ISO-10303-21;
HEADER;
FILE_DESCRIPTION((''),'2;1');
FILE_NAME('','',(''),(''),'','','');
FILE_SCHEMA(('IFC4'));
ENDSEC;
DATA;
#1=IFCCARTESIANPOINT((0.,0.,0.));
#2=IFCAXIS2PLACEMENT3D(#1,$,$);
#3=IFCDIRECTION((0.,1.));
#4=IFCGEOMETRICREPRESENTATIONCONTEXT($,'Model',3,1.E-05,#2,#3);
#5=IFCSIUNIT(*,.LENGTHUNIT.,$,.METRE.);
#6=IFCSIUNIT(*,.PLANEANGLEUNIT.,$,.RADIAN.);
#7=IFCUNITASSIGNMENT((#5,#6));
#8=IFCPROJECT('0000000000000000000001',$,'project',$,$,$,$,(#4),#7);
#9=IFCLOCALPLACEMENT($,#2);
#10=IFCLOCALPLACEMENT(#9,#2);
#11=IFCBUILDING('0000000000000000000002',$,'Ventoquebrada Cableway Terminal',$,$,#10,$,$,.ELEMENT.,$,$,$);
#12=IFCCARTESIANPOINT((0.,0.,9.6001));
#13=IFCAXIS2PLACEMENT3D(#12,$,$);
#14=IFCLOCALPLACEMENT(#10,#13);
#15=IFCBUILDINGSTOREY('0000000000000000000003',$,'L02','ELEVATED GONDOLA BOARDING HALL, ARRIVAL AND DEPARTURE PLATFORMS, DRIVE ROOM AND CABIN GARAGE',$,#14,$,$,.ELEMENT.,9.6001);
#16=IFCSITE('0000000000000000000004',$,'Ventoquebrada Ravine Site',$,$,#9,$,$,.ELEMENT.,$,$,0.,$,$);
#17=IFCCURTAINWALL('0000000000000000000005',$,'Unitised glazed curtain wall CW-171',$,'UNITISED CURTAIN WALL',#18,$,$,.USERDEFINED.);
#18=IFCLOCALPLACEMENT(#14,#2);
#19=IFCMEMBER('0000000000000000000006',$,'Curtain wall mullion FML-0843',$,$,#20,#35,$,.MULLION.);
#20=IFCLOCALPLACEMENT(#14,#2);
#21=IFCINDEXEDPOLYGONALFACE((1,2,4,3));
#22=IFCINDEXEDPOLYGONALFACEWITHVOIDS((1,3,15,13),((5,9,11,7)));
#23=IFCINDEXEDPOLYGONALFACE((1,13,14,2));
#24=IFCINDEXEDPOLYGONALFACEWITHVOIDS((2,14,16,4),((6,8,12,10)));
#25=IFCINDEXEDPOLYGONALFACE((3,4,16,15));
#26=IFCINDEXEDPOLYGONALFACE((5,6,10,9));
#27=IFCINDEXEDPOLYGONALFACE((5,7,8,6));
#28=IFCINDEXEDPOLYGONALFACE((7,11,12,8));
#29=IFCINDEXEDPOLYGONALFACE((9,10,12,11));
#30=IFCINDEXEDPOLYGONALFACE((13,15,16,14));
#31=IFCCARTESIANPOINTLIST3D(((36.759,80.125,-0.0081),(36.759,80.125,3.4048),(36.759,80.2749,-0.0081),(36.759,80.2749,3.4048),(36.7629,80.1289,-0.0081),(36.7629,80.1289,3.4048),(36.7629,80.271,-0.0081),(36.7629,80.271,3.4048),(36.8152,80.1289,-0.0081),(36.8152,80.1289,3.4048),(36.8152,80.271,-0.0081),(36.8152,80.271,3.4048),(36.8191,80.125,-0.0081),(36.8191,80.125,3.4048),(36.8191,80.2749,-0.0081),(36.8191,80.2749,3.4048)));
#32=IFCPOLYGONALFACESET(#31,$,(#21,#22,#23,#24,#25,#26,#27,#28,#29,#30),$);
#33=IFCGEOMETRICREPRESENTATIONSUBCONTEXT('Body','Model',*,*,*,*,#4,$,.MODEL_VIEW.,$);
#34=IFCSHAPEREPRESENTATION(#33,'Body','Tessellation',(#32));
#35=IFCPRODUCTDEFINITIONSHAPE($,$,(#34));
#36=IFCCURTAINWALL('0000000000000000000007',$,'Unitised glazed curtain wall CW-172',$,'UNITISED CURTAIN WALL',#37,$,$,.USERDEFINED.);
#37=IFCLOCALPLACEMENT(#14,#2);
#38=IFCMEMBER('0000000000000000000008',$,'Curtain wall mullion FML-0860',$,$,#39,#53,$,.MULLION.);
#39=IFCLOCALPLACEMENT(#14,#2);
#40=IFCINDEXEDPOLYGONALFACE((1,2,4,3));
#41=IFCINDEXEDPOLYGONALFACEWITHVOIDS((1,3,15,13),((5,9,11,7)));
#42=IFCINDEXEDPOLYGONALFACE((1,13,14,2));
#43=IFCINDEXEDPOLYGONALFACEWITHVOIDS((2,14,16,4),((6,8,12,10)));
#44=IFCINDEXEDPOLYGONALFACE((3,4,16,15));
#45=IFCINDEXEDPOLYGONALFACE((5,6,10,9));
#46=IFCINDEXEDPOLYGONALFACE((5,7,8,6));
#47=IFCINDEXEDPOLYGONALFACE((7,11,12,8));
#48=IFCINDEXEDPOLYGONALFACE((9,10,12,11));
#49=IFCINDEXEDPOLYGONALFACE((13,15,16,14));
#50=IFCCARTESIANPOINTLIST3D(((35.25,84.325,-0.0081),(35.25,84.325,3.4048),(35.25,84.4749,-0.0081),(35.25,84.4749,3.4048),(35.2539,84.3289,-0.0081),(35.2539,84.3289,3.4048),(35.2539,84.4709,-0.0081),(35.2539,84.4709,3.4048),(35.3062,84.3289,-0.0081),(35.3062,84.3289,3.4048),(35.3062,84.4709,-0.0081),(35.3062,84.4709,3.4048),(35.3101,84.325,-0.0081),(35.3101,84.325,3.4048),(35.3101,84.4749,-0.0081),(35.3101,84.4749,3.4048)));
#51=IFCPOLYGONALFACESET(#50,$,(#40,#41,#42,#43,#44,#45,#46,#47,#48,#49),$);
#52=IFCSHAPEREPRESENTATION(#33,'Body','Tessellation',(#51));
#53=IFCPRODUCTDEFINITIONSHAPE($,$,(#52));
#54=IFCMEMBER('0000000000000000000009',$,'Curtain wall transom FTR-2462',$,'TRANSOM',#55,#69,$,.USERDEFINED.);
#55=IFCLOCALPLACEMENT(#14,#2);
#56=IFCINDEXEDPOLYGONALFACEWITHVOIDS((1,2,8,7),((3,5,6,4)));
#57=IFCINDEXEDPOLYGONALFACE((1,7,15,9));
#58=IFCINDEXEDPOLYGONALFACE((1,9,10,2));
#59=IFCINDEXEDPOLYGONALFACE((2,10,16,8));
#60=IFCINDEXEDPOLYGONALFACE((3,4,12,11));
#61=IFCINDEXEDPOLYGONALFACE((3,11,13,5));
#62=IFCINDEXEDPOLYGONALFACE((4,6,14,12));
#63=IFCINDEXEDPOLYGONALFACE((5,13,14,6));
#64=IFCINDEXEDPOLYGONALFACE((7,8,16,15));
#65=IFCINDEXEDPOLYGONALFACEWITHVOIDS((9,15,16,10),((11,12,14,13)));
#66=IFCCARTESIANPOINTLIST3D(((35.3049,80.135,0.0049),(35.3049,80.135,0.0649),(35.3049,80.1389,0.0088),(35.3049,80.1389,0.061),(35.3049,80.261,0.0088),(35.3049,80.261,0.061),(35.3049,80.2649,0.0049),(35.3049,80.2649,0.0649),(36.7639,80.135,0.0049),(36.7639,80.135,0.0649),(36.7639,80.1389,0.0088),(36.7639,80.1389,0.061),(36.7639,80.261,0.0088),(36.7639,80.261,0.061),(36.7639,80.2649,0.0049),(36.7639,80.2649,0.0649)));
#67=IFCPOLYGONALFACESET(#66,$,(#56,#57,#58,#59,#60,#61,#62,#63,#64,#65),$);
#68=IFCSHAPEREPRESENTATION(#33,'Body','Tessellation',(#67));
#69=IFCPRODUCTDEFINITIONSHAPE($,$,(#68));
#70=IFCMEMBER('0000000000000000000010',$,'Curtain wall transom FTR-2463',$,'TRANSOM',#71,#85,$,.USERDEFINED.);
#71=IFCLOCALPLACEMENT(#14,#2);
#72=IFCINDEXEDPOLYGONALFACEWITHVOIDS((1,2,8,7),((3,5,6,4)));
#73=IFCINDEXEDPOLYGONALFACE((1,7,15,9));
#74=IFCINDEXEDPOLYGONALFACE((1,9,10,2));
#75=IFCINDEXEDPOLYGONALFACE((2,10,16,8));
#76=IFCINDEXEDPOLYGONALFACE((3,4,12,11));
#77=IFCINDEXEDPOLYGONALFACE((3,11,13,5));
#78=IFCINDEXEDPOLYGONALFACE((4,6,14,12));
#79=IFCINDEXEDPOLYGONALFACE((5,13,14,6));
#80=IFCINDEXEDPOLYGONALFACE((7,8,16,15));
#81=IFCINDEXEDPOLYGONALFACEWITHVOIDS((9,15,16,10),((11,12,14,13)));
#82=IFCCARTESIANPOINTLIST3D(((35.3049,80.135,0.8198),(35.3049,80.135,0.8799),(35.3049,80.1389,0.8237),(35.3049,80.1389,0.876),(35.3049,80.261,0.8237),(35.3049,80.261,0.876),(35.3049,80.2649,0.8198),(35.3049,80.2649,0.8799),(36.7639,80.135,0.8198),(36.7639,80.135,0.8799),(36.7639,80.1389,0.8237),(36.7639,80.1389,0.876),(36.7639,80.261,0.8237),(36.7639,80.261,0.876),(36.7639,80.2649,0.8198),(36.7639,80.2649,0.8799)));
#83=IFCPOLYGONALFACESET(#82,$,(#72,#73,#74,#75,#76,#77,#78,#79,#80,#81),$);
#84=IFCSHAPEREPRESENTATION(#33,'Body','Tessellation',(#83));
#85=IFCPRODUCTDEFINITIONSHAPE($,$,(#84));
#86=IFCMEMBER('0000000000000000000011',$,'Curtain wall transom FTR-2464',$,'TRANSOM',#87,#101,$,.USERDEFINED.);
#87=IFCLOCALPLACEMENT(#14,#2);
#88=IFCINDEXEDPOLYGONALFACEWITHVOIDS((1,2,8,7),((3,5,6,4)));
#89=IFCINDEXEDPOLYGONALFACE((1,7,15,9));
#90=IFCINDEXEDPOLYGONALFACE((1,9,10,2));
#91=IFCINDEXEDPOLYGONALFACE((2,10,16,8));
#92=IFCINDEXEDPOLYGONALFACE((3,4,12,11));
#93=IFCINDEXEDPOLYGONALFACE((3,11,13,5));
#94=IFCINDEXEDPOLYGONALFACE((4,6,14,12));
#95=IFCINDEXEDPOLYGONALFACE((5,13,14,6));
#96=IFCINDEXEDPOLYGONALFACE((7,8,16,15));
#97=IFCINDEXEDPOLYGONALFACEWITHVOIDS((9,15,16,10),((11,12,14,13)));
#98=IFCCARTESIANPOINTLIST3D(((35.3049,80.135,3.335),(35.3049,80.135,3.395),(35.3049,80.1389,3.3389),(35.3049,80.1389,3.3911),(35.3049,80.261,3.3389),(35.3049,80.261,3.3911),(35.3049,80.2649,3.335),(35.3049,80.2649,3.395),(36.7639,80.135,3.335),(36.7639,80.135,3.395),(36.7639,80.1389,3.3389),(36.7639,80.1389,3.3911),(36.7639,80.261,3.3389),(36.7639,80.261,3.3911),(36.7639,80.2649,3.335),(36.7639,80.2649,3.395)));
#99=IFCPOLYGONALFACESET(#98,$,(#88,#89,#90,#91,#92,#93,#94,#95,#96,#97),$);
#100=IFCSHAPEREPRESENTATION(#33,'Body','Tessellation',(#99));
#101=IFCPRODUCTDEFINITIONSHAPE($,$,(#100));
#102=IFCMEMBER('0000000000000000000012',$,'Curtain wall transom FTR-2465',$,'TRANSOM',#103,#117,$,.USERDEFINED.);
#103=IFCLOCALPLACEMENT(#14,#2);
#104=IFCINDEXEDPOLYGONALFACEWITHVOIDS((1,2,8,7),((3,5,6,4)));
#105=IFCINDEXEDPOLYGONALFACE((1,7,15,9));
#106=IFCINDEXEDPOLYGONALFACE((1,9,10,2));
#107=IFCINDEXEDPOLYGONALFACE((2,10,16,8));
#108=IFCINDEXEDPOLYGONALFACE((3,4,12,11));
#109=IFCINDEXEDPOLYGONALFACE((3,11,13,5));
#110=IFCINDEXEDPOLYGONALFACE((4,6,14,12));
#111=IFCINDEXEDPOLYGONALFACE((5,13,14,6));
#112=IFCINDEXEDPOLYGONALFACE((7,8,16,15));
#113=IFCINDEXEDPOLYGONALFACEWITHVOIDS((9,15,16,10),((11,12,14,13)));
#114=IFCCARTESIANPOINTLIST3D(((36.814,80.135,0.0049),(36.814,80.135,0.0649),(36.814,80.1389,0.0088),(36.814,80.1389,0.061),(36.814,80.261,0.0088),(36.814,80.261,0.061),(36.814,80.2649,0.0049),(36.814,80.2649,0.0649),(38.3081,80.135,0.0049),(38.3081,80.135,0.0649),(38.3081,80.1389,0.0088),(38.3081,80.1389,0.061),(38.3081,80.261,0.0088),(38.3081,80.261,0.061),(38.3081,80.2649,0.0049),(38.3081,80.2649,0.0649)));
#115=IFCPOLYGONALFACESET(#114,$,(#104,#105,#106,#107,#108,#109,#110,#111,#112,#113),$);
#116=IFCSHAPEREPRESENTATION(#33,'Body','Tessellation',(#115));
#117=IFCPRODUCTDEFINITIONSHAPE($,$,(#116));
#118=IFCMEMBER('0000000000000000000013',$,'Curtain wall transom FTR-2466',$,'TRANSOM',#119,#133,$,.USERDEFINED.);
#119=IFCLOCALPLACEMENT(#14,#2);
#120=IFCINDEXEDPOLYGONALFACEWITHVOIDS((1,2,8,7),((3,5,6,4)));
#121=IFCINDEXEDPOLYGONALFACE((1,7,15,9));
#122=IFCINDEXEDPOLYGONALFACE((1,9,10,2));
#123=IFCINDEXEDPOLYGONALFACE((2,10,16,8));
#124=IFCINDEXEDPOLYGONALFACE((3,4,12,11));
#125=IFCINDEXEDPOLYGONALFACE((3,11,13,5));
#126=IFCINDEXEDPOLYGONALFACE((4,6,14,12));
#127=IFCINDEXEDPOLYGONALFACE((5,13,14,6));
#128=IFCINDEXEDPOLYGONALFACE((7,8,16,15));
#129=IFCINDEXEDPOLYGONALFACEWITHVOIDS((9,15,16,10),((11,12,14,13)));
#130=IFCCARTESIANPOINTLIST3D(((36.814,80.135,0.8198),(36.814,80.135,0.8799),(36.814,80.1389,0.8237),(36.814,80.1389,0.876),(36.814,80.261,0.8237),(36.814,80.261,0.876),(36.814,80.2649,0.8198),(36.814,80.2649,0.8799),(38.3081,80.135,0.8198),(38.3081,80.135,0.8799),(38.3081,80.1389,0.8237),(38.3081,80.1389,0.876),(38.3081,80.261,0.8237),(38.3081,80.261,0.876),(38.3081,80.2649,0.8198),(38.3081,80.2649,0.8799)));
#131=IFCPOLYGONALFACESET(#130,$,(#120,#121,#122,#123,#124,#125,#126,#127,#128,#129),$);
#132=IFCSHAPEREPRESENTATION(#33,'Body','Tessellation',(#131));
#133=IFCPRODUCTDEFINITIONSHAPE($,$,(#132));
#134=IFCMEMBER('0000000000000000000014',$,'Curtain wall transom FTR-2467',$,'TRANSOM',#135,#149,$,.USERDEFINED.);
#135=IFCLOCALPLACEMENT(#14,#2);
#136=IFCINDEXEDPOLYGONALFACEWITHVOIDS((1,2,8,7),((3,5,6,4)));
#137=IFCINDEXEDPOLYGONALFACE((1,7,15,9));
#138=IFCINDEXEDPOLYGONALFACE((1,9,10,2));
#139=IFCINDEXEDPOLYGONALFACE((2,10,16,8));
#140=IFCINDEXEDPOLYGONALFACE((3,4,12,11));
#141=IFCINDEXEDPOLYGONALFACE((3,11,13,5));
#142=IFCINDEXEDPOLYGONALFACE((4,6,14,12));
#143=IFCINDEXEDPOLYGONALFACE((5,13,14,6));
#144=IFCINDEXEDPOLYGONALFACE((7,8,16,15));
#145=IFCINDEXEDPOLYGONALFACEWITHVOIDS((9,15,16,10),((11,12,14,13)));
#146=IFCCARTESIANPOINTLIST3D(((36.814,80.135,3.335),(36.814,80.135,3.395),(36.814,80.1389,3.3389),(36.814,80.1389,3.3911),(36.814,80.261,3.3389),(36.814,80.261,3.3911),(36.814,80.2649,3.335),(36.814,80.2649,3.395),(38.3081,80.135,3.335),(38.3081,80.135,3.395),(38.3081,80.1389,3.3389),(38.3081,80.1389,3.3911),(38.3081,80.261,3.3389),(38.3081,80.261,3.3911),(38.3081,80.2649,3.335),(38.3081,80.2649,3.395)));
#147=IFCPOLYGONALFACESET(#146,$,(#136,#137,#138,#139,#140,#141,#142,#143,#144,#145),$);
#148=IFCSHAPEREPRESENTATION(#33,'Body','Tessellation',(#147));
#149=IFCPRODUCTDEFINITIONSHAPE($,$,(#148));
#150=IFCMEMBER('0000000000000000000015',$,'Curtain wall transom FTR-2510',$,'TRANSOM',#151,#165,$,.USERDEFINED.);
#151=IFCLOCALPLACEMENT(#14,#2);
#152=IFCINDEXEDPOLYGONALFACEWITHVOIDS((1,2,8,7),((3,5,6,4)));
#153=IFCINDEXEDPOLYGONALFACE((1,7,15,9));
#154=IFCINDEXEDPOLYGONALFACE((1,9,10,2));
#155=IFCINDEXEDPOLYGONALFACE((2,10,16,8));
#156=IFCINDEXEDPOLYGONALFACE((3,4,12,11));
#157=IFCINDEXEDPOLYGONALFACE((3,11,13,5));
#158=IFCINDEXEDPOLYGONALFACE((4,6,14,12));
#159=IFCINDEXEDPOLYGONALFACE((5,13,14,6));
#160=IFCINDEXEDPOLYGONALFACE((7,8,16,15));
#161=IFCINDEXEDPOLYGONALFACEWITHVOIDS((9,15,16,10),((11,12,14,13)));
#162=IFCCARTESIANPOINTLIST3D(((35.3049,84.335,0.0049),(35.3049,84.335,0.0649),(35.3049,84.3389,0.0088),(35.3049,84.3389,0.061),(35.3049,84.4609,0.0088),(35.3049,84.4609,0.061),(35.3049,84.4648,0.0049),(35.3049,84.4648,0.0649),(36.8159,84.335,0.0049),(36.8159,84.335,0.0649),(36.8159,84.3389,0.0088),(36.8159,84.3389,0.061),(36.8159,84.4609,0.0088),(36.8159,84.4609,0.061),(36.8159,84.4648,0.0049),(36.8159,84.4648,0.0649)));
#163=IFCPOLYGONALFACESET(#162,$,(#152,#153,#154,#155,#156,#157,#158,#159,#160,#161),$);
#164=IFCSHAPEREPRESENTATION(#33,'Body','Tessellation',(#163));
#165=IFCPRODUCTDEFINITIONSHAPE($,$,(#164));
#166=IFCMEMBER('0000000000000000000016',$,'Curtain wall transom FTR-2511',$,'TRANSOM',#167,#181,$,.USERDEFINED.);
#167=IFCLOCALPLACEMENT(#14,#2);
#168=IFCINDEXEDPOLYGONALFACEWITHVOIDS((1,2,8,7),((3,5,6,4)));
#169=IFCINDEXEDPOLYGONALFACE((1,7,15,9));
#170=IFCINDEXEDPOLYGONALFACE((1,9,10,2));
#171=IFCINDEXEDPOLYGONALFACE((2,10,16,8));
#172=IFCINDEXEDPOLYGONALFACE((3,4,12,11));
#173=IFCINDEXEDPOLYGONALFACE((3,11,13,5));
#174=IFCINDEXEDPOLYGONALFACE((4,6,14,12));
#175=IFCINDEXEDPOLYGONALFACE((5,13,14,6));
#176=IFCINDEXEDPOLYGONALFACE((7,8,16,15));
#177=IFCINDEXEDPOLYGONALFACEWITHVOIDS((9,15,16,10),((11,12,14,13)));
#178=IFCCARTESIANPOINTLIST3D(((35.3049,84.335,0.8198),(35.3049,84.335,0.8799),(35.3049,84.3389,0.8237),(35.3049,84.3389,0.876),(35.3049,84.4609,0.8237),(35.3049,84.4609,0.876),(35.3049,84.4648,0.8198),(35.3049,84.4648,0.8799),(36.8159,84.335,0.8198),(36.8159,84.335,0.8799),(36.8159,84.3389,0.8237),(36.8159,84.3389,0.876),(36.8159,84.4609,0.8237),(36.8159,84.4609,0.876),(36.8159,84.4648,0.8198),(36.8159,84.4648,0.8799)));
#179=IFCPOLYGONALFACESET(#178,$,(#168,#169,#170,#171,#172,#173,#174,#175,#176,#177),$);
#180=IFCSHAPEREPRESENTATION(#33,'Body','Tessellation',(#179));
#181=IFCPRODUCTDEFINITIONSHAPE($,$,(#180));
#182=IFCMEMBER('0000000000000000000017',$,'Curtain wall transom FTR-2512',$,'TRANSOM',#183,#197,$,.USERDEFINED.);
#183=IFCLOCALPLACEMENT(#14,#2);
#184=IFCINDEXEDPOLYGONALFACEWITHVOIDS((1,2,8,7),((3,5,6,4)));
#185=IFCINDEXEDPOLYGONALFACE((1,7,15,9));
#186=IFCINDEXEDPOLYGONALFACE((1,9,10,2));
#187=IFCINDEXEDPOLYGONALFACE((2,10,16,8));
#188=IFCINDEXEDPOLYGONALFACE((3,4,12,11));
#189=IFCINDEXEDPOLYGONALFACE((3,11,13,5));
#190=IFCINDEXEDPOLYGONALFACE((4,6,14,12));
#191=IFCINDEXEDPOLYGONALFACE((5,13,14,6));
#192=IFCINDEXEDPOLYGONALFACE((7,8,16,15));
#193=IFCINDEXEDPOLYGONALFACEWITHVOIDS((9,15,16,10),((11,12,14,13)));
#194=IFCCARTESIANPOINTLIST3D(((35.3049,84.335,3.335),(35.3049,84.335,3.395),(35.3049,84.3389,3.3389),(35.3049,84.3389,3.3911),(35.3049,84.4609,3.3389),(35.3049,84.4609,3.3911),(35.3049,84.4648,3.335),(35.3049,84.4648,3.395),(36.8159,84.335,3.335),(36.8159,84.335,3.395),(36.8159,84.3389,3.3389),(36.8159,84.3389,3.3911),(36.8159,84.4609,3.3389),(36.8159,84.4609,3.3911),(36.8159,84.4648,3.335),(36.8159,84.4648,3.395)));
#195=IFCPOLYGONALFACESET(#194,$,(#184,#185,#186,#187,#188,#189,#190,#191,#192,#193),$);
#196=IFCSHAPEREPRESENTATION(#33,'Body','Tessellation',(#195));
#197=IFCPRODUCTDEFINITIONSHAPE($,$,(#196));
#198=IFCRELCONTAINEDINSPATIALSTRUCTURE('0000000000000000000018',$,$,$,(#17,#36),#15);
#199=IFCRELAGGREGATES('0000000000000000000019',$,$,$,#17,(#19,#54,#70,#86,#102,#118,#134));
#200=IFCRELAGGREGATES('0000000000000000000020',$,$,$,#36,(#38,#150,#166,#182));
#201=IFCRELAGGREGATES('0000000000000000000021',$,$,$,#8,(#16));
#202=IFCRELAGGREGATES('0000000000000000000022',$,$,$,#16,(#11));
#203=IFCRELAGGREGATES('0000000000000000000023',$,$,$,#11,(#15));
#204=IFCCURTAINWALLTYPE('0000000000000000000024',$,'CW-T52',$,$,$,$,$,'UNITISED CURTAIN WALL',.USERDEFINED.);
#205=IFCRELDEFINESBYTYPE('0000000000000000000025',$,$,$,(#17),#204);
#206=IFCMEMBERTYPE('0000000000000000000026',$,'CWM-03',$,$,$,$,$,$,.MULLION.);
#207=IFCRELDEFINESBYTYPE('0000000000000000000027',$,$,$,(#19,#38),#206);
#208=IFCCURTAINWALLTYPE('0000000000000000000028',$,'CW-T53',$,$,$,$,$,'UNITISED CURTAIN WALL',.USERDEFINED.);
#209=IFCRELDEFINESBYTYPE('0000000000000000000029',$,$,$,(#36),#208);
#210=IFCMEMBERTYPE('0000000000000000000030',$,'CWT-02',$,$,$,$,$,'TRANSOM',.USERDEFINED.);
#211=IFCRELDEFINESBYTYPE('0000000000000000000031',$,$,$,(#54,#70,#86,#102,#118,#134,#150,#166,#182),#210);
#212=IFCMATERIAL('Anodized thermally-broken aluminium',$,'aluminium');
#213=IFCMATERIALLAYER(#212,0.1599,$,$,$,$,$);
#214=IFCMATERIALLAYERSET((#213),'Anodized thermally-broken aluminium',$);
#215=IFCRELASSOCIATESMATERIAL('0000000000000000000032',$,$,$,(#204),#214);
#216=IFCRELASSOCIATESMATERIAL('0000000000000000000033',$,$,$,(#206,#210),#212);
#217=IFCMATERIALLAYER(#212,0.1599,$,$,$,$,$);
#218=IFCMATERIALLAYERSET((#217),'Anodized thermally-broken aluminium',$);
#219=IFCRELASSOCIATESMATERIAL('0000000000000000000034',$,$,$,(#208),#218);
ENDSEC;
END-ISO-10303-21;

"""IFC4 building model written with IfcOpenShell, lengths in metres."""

from ifc_helpers import new_model, si_unit, direction, frame, origin, origin_2d, place, context, subcontext, project, spatial, hollow_rectangle, extrude, material, layer, layer_set, material_profile, profile_set, type_object, element, aggregate, save


model = new_model("IFC4")

# Units and contexts
model_context = context("Model", 3, precision=1e-05, world=origin(), true_north=direction((0.0, 1.0)))
body_context = subcontext(model_context, "Body", "Model", "MODEL_VIEW")
ifc_project = project(units=[si_unit("LENGTHUNIT", "METRE"), si_unit("PLANEANGLEUNIT", "RADIAN")], contexts=[model_context])

# Site, building, storey
site_placement = place(None, origin())
site = spatial("IfcSite", under=ifc_project, at=site_placement, Name="Ventoquebrada Ravine Site", CompositionType="ELEMENT", RefElevation=0.0)
building_placement = place(site_placement, origin())
building = spatial("IfcBuilding", under=site, at=building_placement, Name="Ventoquebrada Cableway Terminal", CompositionType="ELEMENT")
storey_placement = place(building_placement, frame((0.0, 0.0, 9.6001)))
storey = spatial("IfcBuildingStorey", under=building, at=storey_placement, Name="L02", Description="ELEVATED GONDOLA BOARDING HALL, ARRIVAL AND DEPARTURE PLATFORMS, DRIVE ROOM AND CABIN GARAGE", CompositionType="ELEMENT", Elevation=9.6001)

# Curtain wall, member
ifc_material_1 = material(Name="Anodized thermally-broken aluminium", Category="aluminium")
ifc_layer_1 = layer(ifc_material_1, 0.1599)
ifc_layer_set_1 = layer_set([ifc_layer_1], Name="Anodized thermally-broken aluminium")
curtain_wall_type_1 = type_object("IfcCurtainWallType", Name="CW-T52", ElementType="UNITISED CURTAIN WALL", PredefinedType="USERDEFINED", material=ifc_layer_set_1)
curtain_wall_1_placement = place(storey_placement, origin())
curtain_wall_1 = element("IfcCurtainWall", 1, at=curtain_wall_1_placement, inside=storey, type_object=curtain_wall_type_1, Name="Unitised glazed curtain wall CW-171", ObjectType="UNITISED CURTAIN WALL", PredefinedType="USERDEFINED")
ifc_material_profile_1 = material_profile(ifc_material_1, hollow_rectangle(XDim=0.0601, YDim=0.1499, WallThickness=0.0039, at=origin_2d()), Name="CW-MUL-60X150")
ifc_profile_set_1 = profile_set([ifc_material_profile_1], Name="Anodized thermally-broken aluminium")
member_type_1 = type_object("IfcMemberType", Name="CWM-03", PredefinedType="MULLION", material=ifc_profile_set_1)
member_1_placement = place(storey_placement, frame((36.7891, 80.2, -0.0081), z_axis=(0.0, 0.0, 1.0), x_axis=(1.0, 0.0, 0.0)))
member_1 = element("IfcMember", 2, at=member_1_placement, type_object=member_type_1, Name="Curtain wall mullion FML-0843", PredefinedType="MULLION", context=body_context, shape_type="SweptSolid", body=[
    extrude(hollow_rectangle(XDim=0.0601, YDim=0.1499, WallThickness=0.0039, at=origin_2d()), origin(), (0.0, 0.0, 1.0), 3.4128),
])

# Curtain wall, member
ifc_layer_2 = layer(ifc_material_1, 0.1599)
ifc_layer_set_2 = layer_set([ifc_layer_2], Name="Anodized thermally-broken aluminium")
curtain_wall_type_2 = type_object("IfcCurtainWallType", Name="CW-T53", ElementType="UNITISED CURTAIN WALL", PredefinedType="USERDEFINED", material=ifc_layer_set_2)
curtain_wall_2_placement = place(storey_placement, origin())
curtain_wall_2 = element("IfcCurtainWall", 3, at=curtain_wall_2_placement, inside=storey, type_object=curtain_wall_type_2, Name="Unitised glazed curtain wall CW-172", ObjectType="UNITISED CURTAIN WALL", PredefinedType="USERDEFINED")
member_2_placement = place(storey_placement, frame((35.28, 84.3999, -0.0081), z_axis=(0.0, 0.0, 1.0), x_axis=(-1.0, 0.0, 0.0)))
member_2 = element("IfcMember", 4, at=member_2_placement, type_object=member_type_1, Name="Curtain wall mullion FML-0860", PredefinedType="MULLION", context=body_context, shape_type="SweptSolid", body=[
    extrude(hollow_rectangle(XDim=0.0601, YDim=0.1499, WallThickness=0.0039, at=origin_2d()), origin(), (0.0, 0.0, 1.0), 3.4128),
])

# Members
ifc_material_profile_2 = material_profile(ifc_material_1, hollow_rectangle(XDim=0.0601, YDim=0.1299, WallThickness=0.0039, at=origin_2d()), Name="CW-TRN-60X130")
ifc_profile_set_2 = profile_set([ifc_material_profile_2], Name="Anodized thermally-broken aluminium")
member_type_2 = type_object("IfcMemberType", Name="CWT-02", ElementType="TRANSOM", PredefinedType="USERDEFINED", material=ifc_profile_set_2)
member_3_placement = place(storey_placement, frame((35.3049, 80.2, 0.0349), z_axis=(1.0, 0.0, 0.0), x_axis=(0.0, 0.0, 1.0)))
member_3 = element("IfcMember", 5, at=member_3_placement, type_object=member_type_2, Name="Curtain wall transom FTR-2462", ObjectType="TRANSOM", PredefinedType="USERDEFINED", context=body_context, shape_type="SweptSolid", body=[
    extrude(hollow_rectangle(XDim=0.0601, YDim=0.1299, WallThickness=0.0039, at=origin_2d()), origin(), (0.0, 0.0, 1.0), 1.459),
])
member_4_placement = place(storey_placement, frame((35.3049, 80.2, 0.8499), z_axis=(1.0, 0.0, 0.0), x_axis=(0.0, 0.0, 1.0)))
member_4 = element("IfcMember", 6, at=member_4_placement, type_object=member_type_2, Name="Curtain wall transom FTR-2463", ObjectType="TRANSOM", PredefinedType="USERDEFINED", context=body_context, shape_type="SweptSolid", body=[
    extrude(hollow_rectangle(XDim=0.0601, YDim=0.1299, WallThickness=0.0039, at=origin_2d()), origin(), (0.0, 0.0, 1.0), 1.459),
])
member_5_placement = place(storey_placement, frame((35.3049, 80.2, 3.365), z_axis=(1.0, 0.0, 0.0), x_axis=(0.0, 0.0, 1.0)))
member_5 = element("IfcMember", 7, at=member_5_placement, type_object=member_type_2, Name="Curtain wall transom FTR-2464", ObjectType="TRANSOM", PredefinedType="USERDEFINED", context=body_context, shape_type="SweptSolid", body=[
    extrude(hollow_rectangle(XDim=0.0601, YDim=0.1299, WallThickness=0.0039, at=origin_2d()), origin(), (0.0, 0.0, 1.0), 1.459),
])
member_6_placement = place(storey_placement, frame((36.814, 80.2, 0.0349), z_axis=(1.0, 0.0, 0.0), x_axis=(0.0, 0.0, 1.0)))
member_6 = element("IfcMember", 8, at=member_6_placement, type_object=member_type_2, Name="Curtain wall transom FTR-2465", ObjectType="TRANSOM", PredefinedType="USERDEFINED", context=body_context, shape_type="SweptSolid", body=[
    extrude(hollow_rectangle(XDim=0.0601, YDim=0.1299, WallThickness=0.0039, at=origin_2d()), origin(), (0.0, 0.0, 1.0), 1.4941),
])
member_7_placement = place(storey_placement, frame((36.814, 80.2, 0.8499), z_axis=(1.0, 0.0, 0.0), x_axis=(0.0, 0.0, 1.0)))
member_7 = element("IfcMember", 9, at=member_7_placement, type_object=member_type_2, Name="Curtain wall transom FTR-2466", ObjectType="TRANSOM", PredefinedType="USERDEFINED", context=body_context, shape_type="SweptSolid", body=[
    extrude(hollow_rectangle(XDim=0.0601, YDim=0.1299, WallThickness=0.0039, at=origin_2d()), origin(), (0.0, 0.0, 1.0), 1.4941),
])
member_8_placement = place(storey_placement, frame((36.814, 80.2, 3.365), z_axis=(1.0, 0.0, 0.0), x_axis=(0.0, 0.0, 1.0)))
member_8 = element("IfcMember", 10, at=member_8_placement, type_object=member_type_2, Name="Curtain wall transom FTR-2467", ObjectType="TRANSOM", PredefinedType="USERDEFINED", context=body_context, shape_type="SweptSolid", body=[
    extrude(hollow_rectangle(XDim=0.0601, YDim=0.1299, WallThickness=0.0039, at=origin_2d()), origin(), (0.0, 0.0, 1.0), 1.4941),
])
member_9_placement = place(storey_placement, frame((36.8159, 84.3999, 0.0349), z_axis=(-1.0, 0.0, 0.0), x_axis=(0.0, 0.0, 1.0)))
member_9 = element("IfcMember", 11, at=member_9_placement, type_object=member_type_2, Name="Curtain wall transom FTR-2510", ObjectType="TRANSOM", PredefinedType="USERDEFINED", context=body_context, shape_type="SweptSolid", body=[
    extrude(hollow_rectangle(XDim=0.0601, YDim=0.1299, WallThickness=0.0039, at=origin_2d()), origin(), (0.0, 0.0, 1.0), 1.511),
])
member_10_placement = place(storey_placement, frame((36.8159, 84.3999, 0.8499), z_axis=(-1.0, 0.0, 0.0), x_axis=(0.0, 0.0, 1.0)))
member_10 = element("IfcMember", 12, at=member_10_placement, type_object=member_type_2, Name="Curtain wall transom FTR-2511", ObjectType="TRANSOM", PredefinedType="USERDEFINED", context=body_context, shape_type="SweptSolid", body=[
    extrude(hollow_rectangle(XDim=0.0601, YDim=0.1299, WallThickness=0.0039, at=origin_2d()), origin(), (0.0, 0.0, 1.0), 1.511),
])
member_11_placement = place(storey_placement, frame((36.8159, 84.3999, 3.365), z_axis=(-1.0, 0.0, 0.0), x_axis=(0.0, 0.0, 1.0)))
member_11 = element("IfcMember", 13, at=member_11_placement, type_object=member_type_2, Name="Curtain wall transom FTR-2512", ObjectType="TRANSOM", PredefinedType="USERDEFINED", context=body_context, shape_type="SweptSolid", body=[
    extrude(hollow_rectangle(XDim=0.0601, YDim=0.1299, WallThickness=0.0039, at=origin_2d()), origin(), (0.0, 0.0, 1.0), 1.511),
])

aggregate(curtain_wall_1, [member_1, member_3, member_4, member_5, member_6, member_7, member_8])
aggregate(curtain_wall_2, [member_2, member_9, member_10, member_11])

save(model, "model.ifc")
